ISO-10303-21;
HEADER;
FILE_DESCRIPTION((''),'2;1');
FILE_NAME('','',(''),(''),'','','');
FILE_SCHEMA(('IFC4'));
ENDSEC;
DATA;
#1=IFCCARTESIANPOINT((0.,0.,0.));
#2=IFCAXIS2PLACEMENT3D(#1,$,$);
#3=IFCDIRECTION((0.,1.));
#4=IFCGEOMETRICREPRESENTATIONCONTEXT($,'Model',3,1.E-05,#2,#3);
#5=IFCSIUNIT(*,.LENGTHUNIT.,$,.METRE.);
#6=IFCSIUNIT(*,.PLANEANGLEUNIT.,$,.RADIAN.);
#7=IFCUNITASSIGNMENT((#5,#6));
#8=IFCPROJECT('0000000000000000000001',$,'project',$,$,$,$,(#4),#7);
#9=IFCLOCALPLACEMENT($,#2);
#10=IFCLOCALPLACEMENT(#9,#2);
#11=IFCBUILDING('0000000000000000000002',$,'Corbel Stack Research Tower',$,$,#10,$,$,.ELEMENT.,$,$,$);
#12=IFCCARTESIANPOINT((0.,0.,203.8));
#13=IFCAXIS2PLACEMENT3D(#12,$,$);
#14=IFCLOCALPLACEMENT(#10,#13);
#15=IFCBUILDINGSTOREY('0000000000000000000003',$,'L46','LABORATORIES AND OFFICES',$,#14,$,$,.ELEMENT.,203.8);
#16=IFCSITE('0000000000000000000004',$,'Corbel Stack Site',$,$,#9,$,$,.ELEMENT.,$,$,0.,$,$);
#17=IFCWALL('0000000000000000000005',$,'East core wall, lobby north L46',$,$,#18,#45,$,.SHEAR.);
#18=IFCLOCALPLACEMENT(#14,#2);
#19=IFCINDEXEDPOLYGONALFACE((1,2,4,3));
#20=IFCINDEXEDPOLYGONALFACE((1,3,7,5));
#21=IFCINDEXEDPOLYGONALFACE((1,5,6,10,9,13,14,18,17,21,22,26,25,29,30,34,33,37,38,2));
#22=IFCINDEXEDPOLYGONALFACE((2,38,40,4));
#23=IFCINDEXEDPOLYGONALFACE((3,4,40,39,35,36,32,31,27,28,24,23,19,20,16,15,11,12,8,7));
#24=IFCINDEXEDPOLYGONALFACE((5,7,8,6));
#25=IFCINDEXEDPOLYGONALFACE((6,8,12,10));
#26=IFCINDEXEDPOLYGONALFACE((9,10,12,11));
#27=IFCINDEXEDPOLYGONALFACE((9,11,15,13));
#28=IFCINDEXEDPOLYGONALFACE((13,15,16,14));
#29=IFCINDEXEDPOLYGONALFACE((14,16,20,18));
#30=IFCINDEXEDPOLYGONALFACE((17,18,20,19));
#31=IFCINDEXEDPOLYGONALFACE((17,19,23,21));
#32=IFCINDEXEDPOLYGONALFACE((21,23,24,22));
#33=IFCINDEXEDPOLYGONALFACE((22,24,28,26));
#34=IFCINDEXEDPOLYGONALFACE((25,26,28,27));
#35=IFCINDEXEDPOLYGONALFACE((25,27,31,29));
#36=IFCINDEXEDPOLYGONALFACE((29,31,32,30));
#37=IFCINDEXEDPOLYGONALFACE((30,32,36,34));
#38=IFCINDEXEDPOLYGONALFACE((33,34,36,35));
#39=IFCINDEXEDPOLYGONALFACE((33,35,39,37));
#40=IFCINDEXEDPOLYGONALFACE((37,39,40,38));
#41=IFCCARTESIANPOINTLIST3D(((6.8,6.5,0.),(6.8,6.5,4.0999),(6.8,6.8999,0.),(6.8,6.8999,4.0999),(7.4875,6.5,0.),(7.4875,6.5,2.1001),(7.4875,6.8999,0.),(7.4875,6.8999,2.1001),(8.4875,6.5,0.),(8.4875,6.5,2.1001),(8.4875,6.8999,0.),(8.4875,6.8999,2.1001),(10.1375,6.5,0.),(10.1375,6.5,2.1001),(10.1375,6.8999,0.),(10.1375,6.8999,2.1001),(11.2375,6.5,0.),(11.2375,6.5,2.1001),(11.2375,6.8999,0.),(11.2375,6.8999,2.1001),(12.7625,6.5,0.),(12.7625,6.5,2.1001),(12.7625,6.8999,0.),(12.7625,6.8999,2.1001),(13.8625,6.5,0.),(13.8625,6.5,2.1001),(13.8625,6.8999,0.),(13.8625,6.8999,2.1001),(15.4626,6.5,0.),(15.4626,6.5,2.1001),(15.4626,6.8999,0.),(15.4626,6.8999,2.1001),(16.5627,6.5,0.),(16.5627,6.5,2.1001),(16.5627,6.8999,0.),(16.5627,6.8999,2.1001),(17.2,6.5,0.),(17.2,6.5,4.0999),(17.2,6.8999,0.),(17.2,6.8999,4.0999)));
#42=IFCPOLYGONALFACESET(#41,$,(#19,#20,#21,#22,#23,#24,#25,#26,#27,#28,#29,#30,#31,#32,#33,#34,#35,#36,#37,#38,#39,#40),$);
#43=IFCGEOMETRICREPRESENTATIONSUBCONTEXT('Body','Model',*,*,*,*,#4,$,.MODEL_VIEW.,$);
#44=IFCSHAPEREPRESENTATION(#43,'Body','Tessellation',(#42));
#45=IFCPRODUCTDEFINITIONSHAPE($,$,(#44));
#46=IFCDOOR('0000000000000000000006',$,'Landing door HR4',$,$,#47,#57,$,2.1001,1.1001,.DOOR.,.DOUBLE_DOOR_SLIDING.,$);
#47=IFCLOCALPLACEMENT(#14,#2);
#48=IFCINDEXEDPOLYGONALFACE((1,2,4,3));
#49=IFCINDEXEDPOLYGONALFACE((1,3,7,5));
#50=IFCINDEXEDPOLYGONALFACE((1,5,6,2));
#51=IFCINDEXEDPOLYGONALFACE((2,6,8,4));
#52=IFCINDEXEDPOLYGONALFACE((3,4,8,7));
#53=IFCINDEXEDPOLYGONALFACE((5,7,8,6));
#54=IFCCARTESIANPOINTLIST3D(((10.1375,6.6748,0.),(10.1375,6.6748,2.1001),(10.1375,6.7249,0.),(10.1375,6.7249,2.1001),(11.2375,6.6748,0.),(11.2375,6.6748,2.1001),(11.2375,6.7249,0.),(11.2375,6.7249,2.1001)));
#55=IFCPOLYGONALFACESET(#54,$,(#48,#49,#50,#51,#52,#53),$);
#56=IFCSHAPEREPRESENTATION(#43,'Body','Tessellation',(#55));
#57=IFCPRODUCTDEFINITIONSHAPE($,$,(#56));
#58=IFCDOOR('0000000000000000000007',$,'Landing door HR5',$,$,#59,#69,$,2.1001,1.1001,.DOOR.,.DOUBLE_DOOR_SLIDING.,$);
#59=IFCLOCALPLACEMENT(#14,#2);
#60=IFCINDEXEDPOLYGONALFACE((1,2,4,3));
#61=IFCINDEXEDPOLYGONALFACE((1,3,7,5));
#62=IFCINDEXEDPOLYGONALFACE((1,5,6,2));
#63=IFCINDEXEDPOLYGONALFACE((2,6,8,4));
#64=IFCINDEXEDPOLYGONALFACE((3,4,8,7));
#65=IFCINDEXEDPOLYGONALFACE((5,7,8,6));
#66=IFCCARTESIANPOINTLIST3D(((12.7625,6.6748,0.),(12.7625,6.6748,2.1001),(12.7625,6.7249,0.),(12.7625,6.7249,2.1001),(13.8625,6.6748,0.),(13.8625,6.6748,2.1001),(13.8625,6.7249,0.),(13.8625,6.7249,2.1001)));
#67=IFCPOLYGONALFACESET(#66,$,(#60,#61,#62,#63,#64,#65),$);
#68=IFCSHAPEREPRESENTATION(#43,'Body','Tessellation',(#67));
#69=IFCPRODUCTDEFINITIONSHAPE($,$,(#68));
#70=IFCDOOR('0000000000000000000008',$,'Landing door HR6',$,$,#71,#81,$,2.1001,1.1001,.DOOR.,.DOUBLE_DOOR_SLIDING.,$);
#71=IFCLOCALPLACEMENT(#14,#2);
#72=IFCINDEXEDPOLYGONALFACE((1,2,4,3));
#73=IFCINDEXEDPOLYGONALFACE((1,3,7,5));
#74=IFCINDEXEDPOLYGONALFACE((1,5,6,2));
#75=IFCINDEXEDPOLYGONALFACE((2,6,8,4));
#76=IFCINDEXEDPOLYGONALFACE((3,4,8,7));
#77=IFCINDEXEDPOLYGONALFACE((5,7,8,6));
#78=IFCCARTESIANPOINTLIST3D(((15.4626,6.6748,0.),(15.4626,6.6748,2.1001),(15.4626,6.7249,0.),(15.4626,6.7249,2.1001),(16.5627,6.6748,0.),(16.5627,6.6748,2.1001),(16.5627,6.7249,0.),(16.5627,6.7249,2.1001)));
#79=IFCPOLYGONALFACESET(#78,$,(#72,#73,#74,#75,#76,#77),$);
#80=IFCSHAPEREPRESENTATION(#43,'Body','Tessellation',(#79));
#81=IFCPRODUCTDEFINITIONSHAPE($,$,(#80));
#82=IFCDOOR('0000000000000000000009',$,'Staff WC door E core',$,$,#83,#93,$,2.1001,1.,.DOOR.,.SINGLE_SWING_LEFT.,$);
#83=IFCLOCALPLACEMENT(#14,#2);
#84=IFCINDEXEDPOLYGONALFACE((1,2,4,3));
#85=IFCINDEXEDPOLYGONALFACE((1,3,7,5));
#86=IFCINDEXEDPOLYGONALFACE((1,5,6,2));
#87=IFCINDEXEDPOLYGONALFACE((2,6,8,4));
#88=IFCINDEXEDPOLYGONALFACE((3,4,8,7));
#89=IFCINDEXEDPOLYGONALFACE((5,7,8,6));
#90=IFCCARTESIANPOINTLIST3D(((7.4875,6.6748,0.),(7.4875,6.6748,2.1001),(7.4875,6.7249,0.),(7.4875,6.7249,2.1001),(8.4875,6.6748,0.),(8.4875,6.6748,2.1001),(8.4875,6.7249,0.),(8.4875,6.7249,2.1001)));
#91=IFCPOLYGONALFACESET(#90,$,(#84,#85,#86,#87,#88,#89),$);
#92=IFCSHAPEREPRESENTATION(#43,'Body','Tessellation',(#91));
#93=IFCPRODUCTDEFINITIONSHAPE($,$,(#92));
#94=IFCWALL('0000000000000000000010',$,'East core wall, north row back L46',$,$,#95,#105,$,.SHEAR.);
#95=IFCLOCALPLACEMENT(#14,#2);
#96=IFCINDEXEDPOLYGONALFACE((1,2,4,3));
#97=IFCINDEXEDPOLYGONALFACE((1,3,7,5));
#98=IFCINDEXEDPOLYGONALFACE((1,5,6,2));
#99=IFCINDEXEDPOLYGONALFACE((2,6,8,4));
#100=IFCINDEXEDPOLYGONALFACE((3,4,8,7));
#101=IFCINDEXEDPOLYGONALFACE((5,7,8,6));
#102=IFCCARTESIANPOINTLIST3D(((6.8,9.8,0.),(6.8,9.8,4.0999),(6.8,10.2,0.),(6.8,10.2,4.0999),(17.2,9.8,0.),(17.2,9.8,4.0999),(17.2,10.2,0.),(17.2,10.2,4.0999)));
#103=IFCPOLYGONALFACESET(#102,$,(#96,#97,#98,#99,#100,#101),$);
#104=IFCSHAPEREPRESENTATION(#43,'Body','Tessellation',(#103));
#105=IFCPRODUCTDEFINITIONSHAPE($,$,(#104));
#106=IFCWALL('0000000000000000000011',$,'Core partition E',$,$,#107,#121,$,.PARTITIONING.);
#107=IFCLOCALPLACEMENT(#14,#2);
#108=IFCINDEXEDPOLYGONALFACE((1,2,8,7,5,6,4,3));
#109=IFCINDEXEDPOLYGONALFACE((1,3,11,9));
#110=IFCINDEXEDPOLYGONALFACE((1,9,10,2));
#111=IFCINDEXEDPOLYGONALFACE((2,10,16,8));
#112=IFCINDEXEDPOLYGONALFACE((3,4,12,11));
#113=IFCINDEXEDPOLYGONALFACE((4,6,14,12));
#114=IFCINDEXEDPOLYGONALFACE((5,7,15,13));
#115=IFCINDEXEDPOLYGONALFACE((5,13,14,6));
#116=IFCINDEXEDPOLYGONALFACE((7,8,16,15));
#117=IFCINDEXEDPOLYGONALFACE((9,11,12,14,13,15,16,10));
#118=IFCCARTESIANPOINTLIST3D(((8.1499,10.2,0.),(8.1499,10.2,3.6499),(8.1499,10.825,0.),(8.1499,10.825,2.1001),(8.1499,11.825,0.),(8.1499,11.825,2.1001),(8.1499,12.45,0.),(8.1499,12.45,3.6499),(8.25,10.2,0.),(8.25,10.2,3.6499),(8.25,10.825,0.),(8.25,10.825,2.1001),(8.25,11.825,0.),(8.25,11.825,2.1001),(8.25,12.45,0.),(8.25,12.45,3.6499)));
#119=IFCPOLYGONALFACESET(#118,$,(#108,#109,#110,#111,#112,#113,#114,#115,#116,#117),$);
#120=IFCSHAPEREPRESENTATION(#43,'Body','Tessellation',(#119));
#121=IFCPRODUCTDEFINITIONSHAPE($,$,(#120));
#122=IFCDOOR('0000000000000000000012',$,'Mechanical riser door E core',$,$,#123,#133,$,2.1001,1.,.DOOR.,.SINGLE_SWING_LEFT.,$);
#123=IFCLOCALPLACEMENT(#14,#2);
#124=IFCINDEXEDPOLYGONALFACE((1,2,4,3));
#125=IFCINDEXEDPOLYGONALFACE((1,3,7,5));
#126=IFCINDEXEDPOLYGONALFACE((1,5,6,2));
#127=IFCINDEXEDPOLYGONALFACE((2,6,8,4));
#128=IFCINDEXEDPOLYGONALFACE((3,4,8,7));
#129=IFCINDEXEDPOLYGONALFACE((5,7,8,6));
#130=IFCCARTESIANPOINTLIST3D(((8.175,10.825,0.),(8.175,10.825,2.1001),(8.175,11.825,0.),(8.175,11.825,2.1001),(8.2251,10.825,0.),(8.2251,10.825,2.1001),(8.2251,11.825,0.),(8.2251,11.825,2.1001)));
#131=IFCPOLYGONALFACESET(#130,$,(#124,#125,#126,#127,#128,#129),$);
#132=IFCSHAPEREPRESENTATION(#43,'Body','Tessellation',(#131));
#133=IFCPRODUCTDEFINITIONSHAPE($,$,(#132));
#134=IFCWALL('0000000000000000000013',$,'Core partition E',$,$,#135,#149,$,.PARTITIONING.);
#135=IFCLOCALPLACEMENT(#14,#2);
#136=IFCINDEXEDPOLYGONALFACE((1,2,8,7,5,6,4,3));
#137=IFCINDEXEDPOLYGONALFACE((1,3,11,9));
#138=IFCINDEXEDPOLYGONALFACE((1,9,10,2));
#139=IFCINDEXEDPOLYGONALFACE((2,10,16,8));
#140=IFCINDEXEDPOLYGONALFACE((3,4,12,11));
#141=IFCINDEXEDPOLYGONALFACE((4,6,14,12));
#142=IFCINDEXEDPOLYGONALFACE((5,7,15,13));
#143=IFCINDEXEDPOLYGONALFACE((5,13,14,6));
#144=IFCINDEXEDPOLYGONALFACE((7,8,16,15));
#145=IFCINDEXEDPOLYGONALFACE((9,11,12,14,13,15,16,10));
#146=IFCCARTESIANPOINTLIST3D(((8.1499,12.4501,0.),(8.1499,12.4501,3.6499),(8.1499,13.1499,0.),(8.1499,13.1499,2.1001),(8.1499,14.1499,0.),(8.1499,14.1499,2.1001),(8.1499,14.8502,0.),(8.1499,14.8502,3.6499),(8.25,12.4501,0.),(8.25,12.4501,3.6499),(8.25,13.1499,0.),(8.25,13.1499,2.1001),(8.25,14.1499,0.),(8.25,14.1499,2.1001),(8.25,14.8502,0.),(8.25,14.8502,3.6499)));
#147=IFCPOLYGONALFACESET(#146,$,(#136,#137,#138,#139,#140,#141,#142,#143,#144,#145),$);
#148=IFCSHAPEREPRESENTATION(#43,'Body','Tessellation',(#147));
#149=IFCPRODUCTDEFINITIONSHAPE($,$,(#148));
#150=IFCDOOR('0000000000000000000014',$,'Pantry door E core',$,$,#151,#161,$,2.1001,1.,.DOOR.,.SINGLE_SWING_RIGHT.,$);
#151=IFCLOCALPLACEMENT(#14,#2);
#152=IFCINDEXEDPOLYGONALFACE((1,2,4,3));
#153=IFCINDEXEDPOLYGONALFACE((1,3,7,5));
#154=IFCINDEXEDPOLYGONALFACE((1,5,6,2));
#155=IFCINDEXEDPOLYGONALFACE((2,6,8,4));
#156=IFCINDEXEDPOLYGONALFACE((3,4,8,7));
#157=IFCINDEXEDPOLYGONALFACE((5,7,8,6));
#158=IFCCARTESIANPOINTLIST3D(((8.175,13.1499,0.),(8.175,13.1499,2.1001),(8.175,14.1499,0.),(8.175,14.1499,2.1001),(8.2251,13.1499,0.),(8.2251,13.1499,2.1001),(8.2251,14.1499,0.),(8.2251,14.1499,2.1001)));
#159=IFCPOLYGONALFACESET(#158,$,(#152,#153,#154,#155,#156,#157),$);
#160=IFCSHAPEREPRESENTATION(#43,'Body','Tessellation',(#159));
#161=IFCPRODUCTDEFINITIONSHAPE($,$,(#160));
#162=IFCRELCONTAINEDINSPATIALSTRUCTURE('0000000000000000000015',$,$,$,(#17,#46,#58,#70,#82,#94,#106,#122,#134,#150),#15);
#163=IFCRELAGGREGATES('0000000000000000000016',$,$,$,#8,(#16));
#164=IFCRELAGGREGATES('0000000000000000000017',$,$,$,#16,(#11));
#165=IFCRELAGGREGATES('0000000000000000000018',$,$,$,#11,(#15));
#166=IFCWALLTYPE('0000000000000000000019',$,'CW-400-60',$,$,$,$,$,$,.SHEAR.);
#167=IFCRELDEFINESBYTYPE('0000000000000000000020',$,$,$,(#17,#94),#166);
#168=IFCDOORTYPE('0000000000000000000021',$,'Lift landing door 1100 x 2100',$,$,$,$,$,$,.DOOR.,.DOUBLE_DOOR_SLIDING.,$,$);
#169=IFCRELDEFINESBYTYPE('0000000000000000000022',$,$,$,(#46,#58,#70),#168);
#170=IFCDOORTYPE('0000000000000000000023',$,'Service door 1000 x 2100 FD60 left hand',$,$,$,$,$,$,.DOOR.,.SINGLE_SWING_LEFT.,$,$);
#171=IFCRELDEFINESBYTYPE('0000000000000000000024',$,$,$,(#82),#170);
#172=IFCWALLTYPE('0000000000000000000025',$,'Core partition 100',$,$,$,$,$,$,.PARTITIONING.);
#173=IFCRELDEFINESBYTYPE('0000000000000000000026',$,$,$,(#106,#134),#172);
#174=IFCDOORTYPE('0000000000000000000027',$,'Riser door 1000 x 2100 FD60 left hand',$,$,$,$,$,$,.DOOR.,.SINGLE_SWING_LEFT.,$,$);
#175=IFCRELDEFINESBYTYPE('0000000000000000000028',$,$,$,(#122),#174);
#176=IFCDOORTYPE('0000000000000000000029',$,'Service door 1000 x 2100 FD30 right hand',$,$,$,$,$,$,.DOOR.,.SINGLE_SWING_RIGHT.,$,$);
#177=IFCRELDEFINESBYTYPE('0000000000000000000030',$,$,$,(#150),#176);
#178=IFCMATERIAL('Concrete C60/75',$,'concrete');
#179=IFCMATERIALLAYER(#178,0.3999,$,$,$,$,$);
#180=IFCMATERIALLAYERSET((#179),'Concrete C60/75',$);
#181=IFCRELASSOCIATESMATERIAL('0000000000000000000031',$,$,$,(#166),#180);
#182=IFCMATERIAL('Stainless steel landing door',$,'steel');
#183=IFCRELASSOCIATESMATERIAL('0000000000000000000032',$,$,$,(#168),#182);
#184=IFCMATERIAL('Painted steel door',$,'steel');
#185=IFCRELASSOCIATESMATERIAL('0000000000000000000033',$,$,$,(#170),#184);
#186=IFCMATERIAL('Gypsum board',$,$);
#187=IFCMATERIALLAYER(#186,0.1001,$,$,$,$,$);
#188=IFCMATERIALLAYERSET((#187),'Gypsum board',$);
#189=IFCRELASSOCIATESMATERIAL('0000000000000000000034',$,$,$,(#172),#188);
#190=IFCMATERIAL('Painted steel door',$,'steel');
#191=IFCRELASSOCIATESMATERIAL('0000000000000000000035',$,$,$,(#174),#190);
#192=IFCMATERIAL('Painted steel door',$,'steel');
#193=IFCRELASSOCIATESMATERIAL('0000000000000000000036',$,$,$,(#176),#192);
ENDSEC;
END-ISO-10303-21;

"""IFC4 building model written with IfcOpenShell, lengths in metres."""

from ifc_helpers import new_model, si_unit, direction, frame, frame_2d, origin, place, context, subcontext, project, spatial, rectangle, extrude, material, layer, layer_set, type_object, element, fill, save


model = new_model("IFC4")

# Units and contexts
model_context = context("Model", 3, precision=1e-05, world=origin(), true_north=direction((0.0, 1.0)))
body_context = subcontext(model_context, "Body", "Model", "MODEL_VIEW")
ifc_project = project(units=[si_unit("LENGTHUNIT", "METRE"), si_unit("PLANEANGLEUNIT", "RADIAN")], contexts=[model_context])

# Site, building, storey
site_placement = place(None, origin())
site = spatial("IfcSite", under=ifc_project, at=site_placement, Name="Corbel Stack Site", CompositionType="ELEMENT", RefElevation=0.0)
building_placement = place(site_placement, origin())
building = spatial("IfcBuilding", under=site, at=building_placement, Name="Corbel Stack Research Tower", CompositionType="ELEMENT")
storey_placement = place(building_placement, frame((0.0, 0.0, 203.8)))
storey = spatial("IfcBuildingStorey", under=building, at=storey_placement, Name="L46", Description="LABORATORIES AND OFFICES", CompositionType="ELEMENT", Elevation=203.8)

# Wall, openings, doors
ifc_material_1 = material(Name="Concrete C60/75", Category="concrete")
ifc_layer_1 = layer(ifc_material_1, 0.3999)
ifc_layer_set_1 = layer_set([ifc_layer_1], Name="Concrete C60/75")
wall_type_1 = type_object("IfcWallType", Name="CW-400-60", PredefinedType="SHEAR", material=ifc_layer_set_1)
ifc_material_2 = material(Name="Stainless steel landing door", Category="steel")
door_type_1 = type_object("IfcDoorType", Name="Lift landing door 1100 x 2100", OperationType="DOUBLE_DOOR_SLIDING", PredefinedType="DOOR", material=ifc_material_2)
ifc_material_3 = material(Name="Painted steel door", Category="steel")
door_type_2 = type_object("IfcDoorType", Name="Service door 1000 x 2100 FD60 left hand", OperationType="SINGLE_SWING_LEFT", PredefinedType="DOOR", material=ifc_material_3)
wall_1_placement = place(storey_placement, frame((6.8, 6.7, 0.0), z_axis=(0.0, 0.0, 1.0), x_axis=(1.0, 0.0, 0.0)))
wall_1 = element("IfcWall", 1, at=wall_1_placement, inside=storey, type_object=wall_type_1, Name="East core wall, lobby north L46", PredefinedType="SHEAR", context=body_context, shape_type="SweptSolid", body=[
    extrude(rectangle(XDim=10.3999, YDim=0.3999, at=frame_2d((5.2, 0.0))), origin(), (0.0, 0.0, 1.0), 4.0999),
])
opening_1_placement = place(wall_1_placement, frame((3.3374, 0.0, 0.0)))
opening_1 = element("IfcOpeningElement", 2, at=opening_1_placement, cuts=wall_1, PredefinedType="OPENING", context=body_context, shape_type="SweptSolid", body=[
    extrude(rectangle(XDim=1.1001, YDim=2.1001, at=frame_2d((0.55, 1.05))), frame((0.0, 0.21, 0.0), z_axis=(0.0, -1.0, 0.0), x_axis=(1.0, 0.0, 0.0)), (0.0, 0.0, 1.0), 0.4199),
])
opening_2_placement = place(wall_1_placement, frame((5.9624, 0.0, 0.0)))
opening_2 = element("IfcOpeningElement", 3, at=opening_2_placement, cuts=wall_1, PredefinedType="OPENING", context=body_context, shape_type="SweptSolid", body=[
    extrude(rectangle(XDim=1.1001, YDim=2.1001, at=frame_2d((0.55, 1.05))), frame((0.0, 0.21, 0.0), z_axis=(0.0, -1.0, 0.0), x_axis=(1.0, 0.0, 0.0)), (0.0, 0.0, 1.0), 0.4199),
])
opening_3_placement = place(wall_1_placement, frame((8.6626, 0.0, 0.0)))
opening_3 = element("IfcOpeningElement", 4, at=opening_3_placement, cuts=wall_1, PredefinedType="OPENING", context=body_context, shape_type="SweptSolid", body=[
    extrude(rectangle(XDim=1.1001, YDim=2.1001, at=frame_2d((0.55, 1.05))), frame((0.0, 0.21, 0.0), z_axis=(0.0, -1.0, 0.0), x_axis=(1.0, 0.0, 0.0)), (0.0, 0.0, 1.0), 0.4199),
])
opening_4_placement = place(wall_1_placement, frame((0.6875, 0.0, 0.0)))
opening_4 = element("IfcOpeningElement", 5, at=opening_4_placement, cuts=wall_1, PredefinedType="OPENING", context=body_context, shape_type="SweptSolid", body=[
    extrude(rectangle(XDim=1.0, YDim=2.1001, at=frame_2d((0.5, 1.05))), frame((0.0, 0.21, 0.0), z_axis=(0.0, -1.0, 0.0), x_axis=(1.0, 0.0, 0.0)), (0.0, 0.0, 1.0), 0.4199),
])
door_1_placement = place(opening_1_placement, origin())
door_1 = element("IfcDoor", 6, at=door_1_placement, inside=storey, type_object=door_type_1, Name="Landing door HR4", OperationType="DOUBLE_DOOR_SLIDING", OverallHeight=2.1001, OverallWidth=1.1001, PredefinedType="DOOR", context=body_context, shape_type="SweptSolid", body=[
    extrude(rectangle(XDim=1.1001, YDim=2.1001, at=frame_2d((0.55, 1.05))), frame((0.0, 0.0249, 0.0), z_axis=(0.0, -1.0, 0.0), x_axis=(1.0, 0.0, 0.0)), (0.0, 0.0, 1.0), 0.05),
])
fill(opening_1, door_1)
door_2_placement = place(opening_2_placement, origin())
door_2 = element("IfcDoor", 7, at=door_2_placement, inside=storey, type_object=door_type_1, Name="Landing door HR5", OperationType="DOUBLE_DOOR_SLIDING", OverallHeight=2.1001, OverallWidth=1.1001, PredefinedType="DOOR", context=body_context, shape_type="SweptSolid", body=[
    extrude(rectangle(XDim=1.1001, YDim=2.1001, at=frame_2d((0.55, 1.05))), frame((0.0, 0.0249, 0.0), z_axis=(0.0, -1.0, 0.0), x_axis=(1.0, 0.0, 0.0)), (0.0, 0.0, 1.0), 0.05),
])
fill(opening_2, door_2)
door_3_placement = place(opening_3_placement, origin())
door_3 = element("IfcDoor", 8, at=door_3_placement, inside=storey, type_object=door_type_1, Name="Landing door HR6", OperationType="DOUBLE_DOOR_SLIDING", OverallHeight=2.1001, OverallWidth=1.1001, PredefinedType="DOOR", context=body_context, shape_type="SweptSolid", body=[
    extrude(rectangle(XDim=1.1001, YDim=2.1001, at=frame_2d((0.55, 1.05))), frame((0.0, 0.0249, 0.0), z_axis=(0.0, -1.0, 0.0), x_axis=(1.0, 0.0, 0.0)), (0.0, 0.0, 1.0), 0.05),
])
fill(opening_3, door_3)
door_4_placement = place(opening_4_placement, origin())
door_4 = element("IfcDoor", 9, at=door_4_placement, inside=storey, type_object=door_type_2, Name="Staff WC door E core", OperationType="SINGLE_SWING_LEFT", OverallHeight=2.1001, OverallWidth=1.0, PredefinedType="DOOR", context=body_context, shape_type="SweptSolid", body=[
    extrude(rectangle(XDim=1.0, YDim=2.1001, at=frame_2d((0.5, 1.05))), frame((0.0, 0.0249, 0.0), z_axis=(0.0, -1.0, 0.0), x_axis=(1.0, 0.0, 0.0)), (0.0, 0.0, 1.0), 0.05),
])
fill(opening_4, door_4)

# Wall
wall_2_placement = place(storey_placement, frame((6.8, 10.0, 0.0), z_axis=(0.0, 0.0, 1.0), x_axis=(1.0, 0.0, 0.0)))
element("IfcWall", 10, at=wall_2_placement, inside=storey, type_object=wall_type_1, Name="East core wall, north row back L46", PredefinedType="SHEAR", context=body_context, shape_type="SweptSolid", body=[
    extrude(rectangle(XDim=10.3999, YDim=0.3999, at=frame_2d((5.2, 0.0))), origin(), (0.0, 0.0, 1.0), 4.0999),
])

# Walls, openings, doors
ifc_material_4 = material(Name="Gypsum board")
ifc_layer_2 = layer(ifc_material_4, 0.1001)
ifc_layer_set_2 = layer_set([ifc_layer_2], Name="Gypsum board")
wall_type_2 = type_object("IfcWallType", Name="Core partition 100", PredefinedType="PARTITIONING", material=ifc_layer_set_2)
wall_3_placement = place(storey_placement, frame((8.2, 10.2, 0.0), z_axis=(0.0, 0.0, 1.0), x_axis=(0.0, 1.0, 0.0)))
wall_3 = element("IfcWall", 11, at=wall_3_placement, inside=storey, type_object=wall_type_2, Name="Core partition E", PredefinedType="PARTITIONING", context=body_context, shape_type="SweptSolid", body=[
    extrude(rectangle(XDim=2.25, YDim=0.1001, at=frame_2d((1.125, 0.0))), origin(), (0.0, 0.0, 1.0), 3.6499),
])
opening_5_placement = place(wall_3_placement, frame((0.625, 0.0, 0.0)))
opening_5 = element("IfcOpeningElement", 12, at=opening_5_placement, cuts=wall_3, PredefinedType="OPENING", context=body_context, shape_type="SweptSolid", body=[
    extrude(rectangle(XDim=1.0, YDim=2.1001, at=frame_2d((0.5, 1.05))), frame((0.0, 0.0601, 0.0), z_axis=(0.0, -1.0, 0.0), x_axis=(1.0, 0.0, 0.0)), (0.0, 0.0, 1.0), 0.1201),
])
ifc_material_5 = material(Name="Painted steel door", Category="steel")
door_type_3 = type_object("IfcDoorType", Name="Riser door 1000 x 2100 FD60 left hand", OperationType="SINGLE_SWING_LEFT", PredefinedType="DOOR", material=ifc_material_5)
door_5_placement = place(opening_5_placement, origin())
door_5 = element("IfcDoor", 13, at=door_5_placement, inside=storey, type_object=door_type_3, Name="Mechanical riser door E core", OperationType="SINGLE_SWING_LEFT", OverallHeight=2.1001, OverallWidth=1.0, PredefinedType="DOOR", context=body_context, shape_type="SweptSolid", body=[
    extrude(rectangle(XDim=1.0, YDim=2.1001, at=frame_2d((0.5, 1.05))), frame((0.0, 0.0249, 0.0), z_axis=(0.0, -1.0, 0.0), x_axis=(1.0, 0.0, 0.0)), (0.0, 0.0, 1.0), 0.05),
])
fill(opening_5, door_5)
wall_4_placement = place(storey_placement, frame((8.2, 12.45, 0.0), z_axis=(0.0, 0.0, 1.0), x_axis=(0.0, 1.0, 0.0)))
wall_4 = element("IfcWall", 14, at=wall_4_placement, inside=storey, type_object=wall_type_2, Name="Core partition E", PredefinedType="PARTITIONING", context=body_context, shape_type="SweptSolid", body=[
    extrude(rectangle(XDim=2.4001, YDim=0.1001, at=frame_2d((1.2002, 0.0))), origin(), (0.0, 0.0, 1.0), 3.6499),
])
opening_6_placement = place(wall_4_placement, frame((0.7, 0.0, 0.0)))
opening_6 = element("IfcOpeningElement", 15, at=opening_6_placement, cuts=wall_4, PredefinedType="OPENING", context=body_context, shape_type="SweptSolid", body=[
    extrude(rectangle(XDim=1.0, YDim=2.1001, at=frame_2d((0.5, 1.05))), frame((0.0, 0.0601, 0.0), z_axis=(0.0, -1.0, 0.0), x_axis=(1.0, 0.0, 0.0)), (0.0, 0.0, 1.0), 0.1201),
])
ifc_material_6 = material(Name="Painted steel door", Category="steel")
door_type_4 = type_object("IfcDoorType", Name="Service door 1000 x 2100 FD30 right hand", OperationType="SINGLE_SWING_RIGHT", PredefinedType="DOOR", material=ifc_material_6)
door_6_placement = place(opening_6_placement, origin())
door_6 = element("IfcDoor", 16, at=door_6_placement, inside=storey, type_object=door_type_4, Name="Pantry door E core", OperationType="SINGLE_SWING_RIGHT", OverallHeight=2.1001, OverallWidth=1.0, PredefinedType="DOOR", context=body_context, shape_type="SweptSolid", body=[
    extrude(rectangle(XDim=1.0, YDim=2.1001, at=frame_2d((0.5, 1.05))), frame((0.0, 0.0249, 0.0), z_axis=(0.0, -1.0, 0.0), x_axis=(1.0, 0.0, 0.0)), (0.0, 0.0, 1.0), 0.05),
])
fill(opening_6, door_6)

save(model, "model.ifc")
